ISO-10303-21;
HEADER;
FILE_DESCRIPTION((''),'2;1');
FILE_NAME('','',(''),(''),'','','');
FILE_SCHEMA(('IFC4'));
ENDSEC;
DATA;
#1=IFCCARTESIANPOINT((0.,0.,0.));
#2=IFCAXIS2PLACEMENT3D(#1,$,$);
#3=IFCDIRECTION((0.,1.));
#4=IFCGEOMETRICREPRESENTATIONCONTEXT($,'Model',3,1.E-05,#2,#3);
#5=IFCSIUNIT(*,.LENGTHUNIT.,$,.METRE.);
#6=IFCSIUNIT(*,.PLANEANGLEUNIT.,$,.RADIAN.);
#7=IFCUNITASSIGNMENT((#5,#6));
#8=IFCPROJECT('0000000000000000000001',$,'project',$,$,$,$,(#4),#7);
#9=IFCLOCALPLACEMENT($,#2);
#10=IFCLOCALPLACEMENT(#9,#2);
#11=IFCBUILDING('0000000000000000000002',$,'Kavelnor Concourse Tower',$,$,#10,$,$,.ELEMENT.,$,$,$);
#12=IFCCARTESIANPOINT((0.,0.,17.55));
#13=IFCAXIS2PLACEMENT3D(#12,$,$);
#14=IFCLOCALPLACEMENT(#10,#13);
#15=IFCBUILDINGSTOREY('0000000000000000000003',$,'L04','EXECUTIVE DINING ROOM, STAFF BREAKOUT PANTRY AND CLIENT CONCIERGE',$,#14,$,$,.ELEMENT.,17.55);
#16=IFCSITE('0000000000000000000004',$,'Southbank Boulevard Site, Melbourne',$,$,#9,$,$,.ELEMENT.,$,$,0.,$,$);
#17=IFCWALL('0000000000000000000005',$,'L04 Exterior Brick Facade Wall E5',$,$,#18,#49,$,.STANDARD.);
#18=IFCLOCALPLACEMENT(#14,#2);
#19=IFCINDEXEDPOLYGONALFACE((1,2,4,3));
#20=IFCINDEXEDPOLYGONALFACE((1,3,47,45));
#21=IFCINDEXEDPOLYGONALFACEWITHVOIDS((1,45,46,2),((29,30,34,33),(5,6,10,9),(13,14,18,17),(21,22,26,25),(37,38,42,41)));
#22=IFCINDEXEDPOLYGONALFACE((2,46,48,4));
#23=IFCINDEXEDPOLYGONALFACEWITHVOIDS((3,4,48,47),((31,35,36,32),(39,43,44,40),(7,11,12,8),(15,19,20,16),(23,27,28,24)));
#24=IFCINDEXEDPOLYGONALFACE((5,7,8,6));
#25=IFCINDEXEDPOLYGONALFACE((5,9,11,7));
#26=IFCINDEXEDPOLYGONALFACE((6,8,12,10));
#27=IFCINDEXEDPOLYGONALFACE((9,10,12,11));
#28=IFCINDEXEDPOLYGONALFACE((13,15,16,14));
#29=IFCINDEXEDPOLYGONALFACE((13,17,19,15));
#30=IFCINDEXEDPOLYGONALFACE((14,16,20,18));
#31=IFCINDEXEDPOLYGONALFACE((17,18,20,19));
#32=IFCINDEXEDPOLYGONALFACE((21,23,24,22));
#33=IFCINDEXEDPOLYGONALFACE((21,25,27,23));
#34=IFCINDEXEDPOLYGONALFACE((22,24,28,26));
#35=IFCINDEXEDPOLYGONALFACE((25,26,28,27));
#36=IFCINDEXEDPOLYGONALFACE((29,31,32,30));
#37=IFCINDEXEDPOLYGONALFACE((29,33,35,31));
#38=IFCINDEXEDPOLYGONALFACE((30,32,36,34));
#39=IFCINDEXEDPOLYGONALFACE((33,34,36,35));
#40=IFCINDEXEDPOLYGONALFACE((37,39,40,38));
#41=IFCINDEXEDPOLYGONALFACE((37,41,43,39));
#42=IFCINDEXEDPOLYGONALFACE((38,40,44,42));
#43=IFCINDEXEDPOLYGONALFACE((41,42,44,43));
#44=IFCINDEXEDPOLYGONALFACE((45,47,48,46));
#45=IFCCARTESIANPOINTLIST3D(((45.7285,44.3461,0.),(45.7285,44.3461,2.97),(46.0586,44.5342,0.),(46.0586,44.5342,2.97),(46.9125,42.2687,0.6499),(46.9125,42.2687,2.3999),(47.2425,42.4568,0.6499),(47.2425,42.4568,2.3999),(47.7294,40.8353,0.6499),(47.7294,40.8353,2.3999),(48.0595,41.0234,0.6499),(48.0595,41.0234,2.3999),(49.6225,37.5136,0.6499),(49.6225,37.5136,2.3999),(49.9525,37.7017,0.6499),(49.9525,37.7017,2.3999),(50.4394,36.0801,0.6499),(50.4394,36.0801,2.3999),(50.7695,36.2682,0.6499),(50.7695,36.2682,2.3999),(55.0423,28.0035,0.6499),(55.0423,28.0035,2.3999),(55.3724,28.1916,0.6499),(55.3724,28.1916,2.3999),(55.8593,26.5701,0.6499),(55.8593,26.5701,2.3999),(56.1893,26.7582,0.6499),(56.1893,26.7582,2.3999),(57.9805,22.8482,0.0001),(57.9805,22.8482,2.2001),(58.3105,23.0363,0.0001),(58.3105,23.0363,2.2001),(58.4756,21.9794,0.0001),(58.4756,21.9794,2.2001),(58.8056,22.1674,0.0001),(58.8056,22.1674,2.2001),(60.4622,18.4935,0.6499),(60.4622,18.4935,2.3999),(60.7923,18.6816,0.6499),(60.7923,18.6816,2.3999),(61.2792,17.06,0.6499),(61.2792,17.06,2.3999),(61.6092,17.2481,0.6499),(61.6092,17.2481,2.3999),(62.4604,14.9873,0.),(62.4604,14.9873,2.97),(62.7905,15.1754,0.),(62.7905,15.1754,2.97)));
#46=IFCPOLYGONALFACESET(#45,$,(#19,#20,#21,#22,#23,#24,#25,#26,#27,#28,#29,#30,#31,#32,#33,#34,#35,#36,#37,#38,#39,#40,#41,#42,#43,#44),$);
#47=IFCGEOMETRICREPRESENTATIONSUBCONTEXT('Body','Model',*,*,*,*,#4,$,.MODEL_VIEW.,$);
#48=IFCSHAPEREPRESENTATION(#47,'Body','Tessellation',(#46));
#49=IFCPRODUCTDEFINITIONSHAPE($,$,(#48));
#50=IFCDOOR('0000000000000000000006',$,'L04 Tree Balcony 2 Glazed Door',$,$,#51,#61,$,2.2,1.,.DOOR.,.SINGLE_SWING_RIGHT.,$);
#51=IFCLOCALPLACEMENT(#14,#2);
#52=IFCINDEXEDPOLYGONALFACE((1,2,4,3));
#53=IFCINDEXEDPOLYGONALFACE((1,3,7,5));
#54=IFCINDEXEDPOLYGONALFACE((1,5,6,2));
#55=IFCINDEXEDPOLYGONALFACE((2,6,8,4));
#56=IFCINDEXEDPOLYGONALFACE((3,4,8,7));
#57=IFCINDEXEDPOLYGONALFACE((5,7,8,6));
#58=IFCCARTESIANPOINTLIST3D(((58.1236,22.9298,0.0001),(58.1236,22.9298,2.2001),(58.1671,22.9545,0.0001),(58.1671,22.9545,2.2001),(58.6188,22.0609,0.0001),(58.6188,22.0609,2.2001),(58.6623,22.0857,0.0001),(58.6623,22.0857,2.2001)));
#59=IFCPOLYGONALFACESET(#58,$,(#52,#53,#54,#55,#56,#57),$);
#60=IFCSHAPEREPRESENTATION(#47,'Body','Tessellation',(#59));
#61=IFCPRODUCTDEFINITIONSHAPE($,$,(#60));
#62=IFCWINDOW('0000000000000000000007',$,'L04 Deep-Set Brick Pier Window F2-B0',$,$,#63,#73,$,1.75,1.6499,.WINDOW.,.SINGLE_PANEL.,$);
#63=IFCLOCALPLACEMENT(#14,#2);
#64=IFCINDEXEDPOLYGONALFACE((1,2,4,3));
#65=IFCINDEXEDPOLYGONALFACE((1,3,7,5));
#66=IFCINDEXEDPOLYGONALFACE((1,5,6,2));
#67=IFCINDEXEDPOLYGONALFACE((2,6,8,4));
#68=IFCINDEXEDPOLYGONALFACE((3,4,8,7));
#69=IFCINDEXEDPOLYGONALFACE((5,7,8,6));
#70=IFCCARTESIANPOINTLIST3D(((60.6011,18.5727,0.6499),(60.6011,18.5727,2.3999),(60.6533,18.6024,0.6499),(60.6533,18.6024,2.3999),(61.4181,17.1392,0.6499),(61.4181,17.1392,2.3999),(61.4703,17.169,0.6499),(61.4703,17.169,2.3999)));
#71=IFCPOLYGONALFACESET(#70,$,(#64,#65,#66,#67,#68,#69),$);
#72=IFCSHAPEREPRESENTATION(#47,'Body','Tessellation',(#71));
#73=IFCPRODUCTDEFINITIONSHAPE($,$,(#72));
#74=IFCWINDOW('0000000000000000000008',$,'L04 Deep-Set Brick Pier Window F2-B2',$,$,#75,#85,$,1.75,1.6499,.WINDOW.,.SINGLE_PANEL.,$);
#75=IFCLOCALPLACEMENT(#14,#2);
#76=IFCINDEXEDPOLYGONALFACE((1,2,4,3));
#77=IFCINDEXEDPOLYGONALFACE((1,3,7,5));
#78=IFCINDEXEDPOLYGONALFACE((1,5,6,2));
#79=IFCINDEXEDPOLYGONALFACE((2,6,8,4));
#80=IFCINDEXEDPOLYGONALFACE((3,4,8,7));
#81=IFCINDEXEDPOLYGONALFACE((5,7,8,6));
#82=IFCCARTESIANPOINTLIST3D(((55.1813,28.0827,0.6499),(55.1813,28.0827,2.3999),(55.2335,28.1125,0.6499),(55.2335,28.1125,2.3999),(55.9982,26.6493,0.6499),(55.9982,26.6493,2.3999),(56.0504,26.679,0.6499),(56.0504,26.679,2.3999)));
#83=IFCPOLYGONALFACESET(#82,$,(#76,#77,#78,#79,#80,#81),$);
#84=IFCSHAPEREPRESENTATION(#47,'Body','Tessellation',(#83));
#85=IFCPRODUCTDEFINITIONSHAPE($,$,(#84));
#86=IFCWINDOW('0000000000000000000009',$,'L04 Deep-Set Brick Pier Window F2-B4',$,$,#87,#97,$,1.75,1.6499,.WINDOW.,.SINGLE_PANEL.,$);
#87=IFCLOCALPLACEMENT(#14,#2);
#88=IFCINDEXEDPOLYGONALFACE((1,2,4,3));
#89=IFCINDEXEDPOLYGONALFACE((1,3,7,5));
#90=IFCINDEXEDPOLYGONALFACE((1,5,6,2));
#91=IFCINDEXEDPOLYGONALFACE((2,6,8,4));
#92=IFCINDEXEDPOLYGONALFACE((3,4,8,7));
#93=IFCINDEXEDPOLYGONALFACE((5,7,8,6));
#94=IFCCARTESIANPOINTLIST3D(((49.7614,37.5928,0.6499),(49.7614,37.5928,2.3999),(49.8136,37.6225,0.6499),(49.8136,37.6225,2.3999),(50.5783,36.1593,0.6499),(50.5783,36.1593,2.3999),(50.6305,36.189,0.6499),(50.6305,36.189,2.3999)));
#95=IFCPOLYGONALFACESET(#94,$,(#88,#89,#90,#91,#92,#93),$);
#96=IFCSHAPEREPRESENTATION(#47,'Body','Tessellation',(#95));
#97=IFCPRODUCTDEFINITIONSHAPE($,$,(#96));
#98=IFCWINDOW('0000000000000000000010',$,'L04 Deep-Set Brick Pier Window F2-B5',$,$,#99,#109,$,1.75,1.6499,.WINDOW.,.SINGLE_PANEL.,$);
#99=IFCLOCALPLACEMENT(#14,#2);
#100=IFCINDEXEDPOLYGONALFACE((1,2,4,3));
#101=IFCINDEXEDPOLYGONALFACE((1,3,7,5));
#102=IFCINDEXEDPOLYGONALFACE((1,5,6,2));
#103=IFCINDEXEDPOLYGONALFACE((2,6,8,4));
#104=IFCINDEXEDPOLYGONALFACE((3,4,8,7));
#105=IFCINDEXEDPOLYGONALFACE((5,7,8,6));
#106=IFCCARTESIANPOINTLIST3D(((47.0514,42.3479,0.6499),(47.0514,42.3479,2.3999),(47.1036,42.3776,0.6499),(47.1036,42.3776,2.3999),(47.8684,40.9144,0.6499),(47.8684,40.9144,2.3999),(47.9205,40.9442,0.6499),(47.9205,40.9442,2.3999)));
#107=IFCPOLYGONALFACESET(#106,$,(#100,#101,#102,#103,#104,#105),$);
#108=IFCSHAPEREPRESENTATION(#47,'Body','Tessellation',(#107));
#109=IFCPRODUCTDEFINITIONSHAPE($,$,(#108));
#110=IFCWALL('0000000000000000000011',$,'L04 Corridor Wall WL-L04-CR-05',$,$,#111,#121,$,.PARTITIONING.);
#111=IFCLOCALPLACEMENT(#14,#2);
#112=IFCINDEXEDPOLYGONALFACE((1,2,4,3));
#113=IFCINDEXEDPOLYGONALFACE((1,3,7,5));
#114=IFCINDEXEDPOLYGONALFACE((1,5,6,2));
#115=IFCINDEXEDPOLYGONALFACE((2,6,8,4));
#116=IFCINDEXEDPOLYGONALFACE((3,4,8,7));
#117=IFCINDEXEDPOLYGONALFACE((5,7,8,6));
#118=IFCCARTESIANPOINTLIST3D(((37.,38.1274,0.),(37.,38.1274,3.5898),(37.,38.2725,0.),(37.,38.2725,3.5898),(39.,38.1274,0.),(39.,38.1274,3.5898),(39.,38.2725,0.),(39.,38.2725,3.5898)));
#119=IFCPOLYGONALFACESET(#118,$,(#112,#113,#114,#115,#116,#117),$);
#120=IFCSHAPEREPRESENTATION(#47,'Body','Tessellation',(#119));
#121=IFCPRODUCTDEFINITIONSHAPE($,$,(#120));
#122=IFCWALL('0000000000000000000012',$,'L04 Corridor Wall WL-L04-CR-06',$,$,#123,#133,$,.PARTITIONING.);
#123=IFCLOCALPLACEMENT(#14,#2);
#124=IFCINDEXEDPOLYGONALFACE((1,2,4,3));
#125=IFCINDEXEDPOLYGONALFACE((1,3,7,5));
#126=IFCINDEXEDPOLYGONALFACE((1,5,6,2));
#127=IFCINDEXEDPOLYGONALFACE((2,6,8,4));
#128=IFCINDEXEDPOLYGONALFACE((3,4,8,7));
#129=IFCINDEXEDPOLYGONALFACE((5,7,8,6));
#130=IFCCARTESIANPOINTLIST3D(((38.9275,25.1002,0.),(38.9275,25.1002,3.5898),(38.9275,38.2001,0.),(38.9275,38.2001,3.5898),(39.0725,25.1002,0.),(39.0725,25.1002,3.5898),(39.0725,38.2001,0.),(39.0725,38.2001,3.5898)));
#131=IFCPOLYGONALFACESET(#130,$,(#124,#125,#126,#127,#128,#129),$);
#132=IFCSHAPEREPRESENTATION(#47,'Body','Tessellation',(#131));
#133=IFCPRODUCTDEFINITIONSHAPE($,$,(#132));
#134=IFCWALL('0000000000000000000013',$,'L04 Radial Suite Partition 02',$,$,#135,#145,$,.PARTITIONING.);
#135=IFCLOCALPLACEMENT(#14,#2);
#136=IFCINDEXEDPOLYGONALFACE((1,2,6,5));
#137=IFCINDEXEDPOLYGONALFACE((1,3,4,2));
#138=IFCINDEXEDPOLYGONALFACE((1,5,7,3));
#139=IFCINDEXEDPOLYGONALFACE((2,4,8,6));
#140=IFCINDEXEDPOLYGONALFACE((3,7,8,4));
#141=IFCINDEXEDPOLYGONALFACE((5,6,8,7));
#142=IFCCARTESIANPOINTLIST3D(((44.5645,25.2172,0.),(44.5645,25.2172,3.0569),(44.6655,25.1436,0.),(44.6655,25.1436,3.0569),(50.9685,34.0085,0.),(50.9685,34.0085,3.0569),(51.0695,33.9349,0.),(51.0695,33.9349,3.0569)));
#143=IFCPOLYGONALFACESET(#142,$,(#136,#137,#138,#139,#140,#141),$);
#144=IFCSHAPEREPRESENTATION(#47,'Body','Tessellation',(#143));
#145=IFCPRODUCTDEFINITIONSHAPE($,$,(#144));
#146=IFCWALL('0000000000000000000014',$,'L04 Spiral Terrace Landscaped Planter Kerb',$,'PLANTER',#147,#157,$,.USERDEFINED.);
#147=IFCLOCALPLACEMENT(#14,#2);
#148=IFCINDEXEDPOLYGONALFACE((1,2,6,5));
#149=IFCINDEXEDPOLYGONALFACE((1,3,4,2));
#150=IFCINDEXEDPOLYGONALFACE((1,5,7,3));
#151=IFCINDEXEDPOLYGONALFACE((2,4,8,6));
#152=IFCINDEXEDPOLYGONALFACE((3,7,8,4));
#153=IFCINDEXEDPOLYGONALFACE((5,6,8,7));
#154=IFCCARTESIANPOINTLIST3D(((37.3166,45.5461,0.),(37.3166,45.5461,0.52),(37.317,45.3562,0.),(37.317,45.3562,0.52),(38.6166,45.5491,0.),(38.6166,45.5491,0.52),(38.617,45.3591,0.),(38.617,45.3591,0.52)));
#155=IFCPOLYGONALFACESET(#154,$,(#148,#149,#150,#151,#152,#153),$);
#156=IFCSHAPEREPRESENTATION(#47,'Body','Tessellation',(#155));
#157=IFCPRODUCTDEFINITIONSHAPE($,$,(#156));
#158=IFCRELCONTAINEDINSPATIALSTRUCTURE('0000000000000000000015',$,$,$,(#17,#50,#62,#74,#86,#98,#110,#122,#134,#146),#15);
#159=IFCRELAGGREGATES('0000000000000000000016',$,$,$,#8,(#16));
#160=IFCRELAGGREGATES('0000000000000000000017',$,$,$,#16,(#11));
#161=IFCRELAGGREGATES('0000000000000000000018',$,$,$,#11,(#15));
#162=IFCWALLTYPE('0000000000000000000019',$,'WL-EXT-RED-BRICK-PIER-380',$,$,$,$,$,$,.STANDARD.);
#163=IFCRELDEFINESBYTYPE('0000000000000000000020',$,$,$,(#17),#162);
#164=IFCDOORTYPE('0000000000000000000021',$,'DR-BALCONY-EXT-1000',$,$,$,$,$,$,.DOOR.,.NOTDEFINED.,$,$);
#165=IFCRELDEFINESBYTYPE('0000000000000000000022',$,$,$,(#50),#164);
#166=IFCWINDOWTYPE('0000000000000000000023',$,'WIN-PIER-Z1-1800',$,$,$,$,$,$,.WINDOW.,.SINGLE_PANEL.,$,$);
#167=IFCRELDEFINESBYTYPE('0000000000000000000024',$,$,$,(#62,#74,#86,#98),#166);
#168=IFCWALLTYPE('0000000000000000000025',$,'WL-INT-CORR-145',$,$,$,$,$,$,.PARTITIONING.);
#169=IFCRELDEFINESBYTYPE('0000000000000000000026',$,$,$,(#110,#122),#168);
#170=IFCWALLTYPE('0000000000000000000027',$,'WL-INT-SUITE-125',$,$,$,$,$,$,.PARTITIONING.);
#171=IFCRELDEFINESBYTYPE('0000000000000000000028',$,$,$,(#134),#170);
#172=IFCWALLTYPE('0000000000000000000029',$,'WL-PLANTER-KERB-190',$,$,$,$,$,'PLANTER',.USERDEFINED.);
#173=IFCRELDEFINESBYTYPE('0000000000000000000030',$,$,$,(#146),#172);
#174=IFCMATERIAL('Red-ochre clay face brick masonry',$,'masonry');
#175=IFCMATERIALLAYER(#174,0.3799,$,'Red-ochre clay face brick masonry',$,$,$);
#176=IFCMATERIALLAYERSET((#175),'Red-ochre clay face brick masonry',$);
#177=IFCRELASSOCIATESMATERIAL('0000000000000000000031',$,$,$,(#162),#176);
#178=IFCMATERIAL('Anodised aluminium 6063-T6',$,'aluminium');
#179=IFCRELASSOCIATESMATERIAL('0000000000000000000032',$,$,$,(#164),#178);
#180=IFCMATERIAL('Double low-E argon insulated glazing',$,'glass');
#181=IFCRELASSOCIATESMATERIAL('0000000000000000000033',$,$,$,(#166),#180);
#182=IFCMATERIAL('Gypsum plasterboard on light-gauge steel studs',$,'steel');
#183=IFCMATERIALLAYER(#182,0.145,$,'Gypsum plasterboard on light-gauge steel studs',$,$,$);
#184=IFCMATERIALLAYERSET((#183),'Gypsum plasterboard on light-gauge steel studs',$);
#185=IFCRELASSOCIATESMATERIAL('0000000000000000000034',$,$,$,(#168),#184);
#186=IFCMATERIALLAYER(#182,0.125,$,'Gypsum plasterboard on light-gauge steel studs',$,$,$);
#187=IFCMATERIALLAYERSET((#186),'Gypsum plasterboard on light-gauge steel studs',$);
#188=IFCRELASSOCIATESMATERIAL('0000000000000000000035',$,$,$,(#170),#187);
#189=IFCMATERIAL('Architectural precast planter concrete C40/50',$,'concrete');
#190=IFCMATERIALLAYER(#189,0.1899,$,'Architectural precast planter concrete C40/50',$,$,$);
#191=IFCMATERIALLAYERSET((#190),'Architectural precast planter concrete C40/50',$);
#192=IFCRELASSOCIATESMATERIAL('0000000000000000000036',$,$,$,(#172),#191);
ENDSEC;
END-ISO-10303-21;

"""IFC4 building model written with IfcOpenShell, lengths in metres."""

from ifc_helpers import new_model, si_unit, direction, frame, frame_2d, origin, place, context, subcontext, project, spatial, rectangle, extrude, material, layer, layer_set, type_object, element, fill, save


model = new_model("IFC4")

# Units and contexts
model_context = context("Model", 3, precision=1e-05, world=origin(), true_north=direction((0.0, 1.0)))
body_context = subcontext(model_context, "Body", "Model", "MODEL_VIEW")
ifc_project = project(units=[si_unit("LENGTHUNIT", "METRE"), si_unit("PLANEANGLEUNIT", "RADIAN")], contexts=[model_context])

# Site, building, storey
site_placement = place(None, origin())
site = spatial("IfcSite", under=ifc_project, at=site_placement, Name="Southbank Boulevard Site, Melbourne", CompositionType="ELEMENT", RefElevation=0.0)
building_placement = place(site_placement, origin())
building = spatial("IfcBuilding", under=site, at=building_placement, Name="Kavelnor Concourse Tower", CompositionType="ELEMENT")
storey_placement = place(building_placement, frame((0.0, 0.0, 17.55)))
storey = spatial("IfcBuildingStorey", under=building, at=storey_placement, Name="L04", Description="EXECUTIVE DINING ROOM, STAFF BREAKOUT PANTRY AND CLIENT CONCIERGE", CompositionType="ELEMENT", Elevation=17.55)

# Wall, openings, door, windows
ifc_material_1 = material(Name="Red-ochre clay face brick masonry", Category="masonry")
ifc_layer_1 = layer(ifc_material_1, 0.3799, Name="Red-ochre clay face brick masonry")
ifc_layer_set_1 = layer_set([ifc_layer_1], Name="Red-ochre clay face brick masonry")
wall_type_1 = type_object("IfcWallType", Name="WL-EXT-RED-BRICK-PIER-380", PredefinedType="STANDARD", material=ifc_layer_set_1)
wall_1_placement = place(storey_placement, frame((45.8936, 44.4402, 0.0), z_axis=(0.0, 0.0, 1.0), x_axis=(0.495144, -0.868811, 0.0)))
wall_1 = element("IfcWall", 1, at=wall_1_placement, inside=storey, type_object=wall_type_1, Name="L04 Exterior Brick Facade Wall E5", PredefinedType="STANDARD", context=body_context, shape_type="SweptSolid", body=[
    extrude(rectangle(XDim=33.792, YDim=0.3799, at=frame_2d((16.896, 0.0))), origin(), (0.0, 0.0, 1.0), 2.97),
])
opening_1_placement = place(wall_1_placement, frame((24.7441, 0.0, 0.0)))
opening_1 = element("IfcOpeningElement", 2, at=opening_1_placement, cuts=wall_1, PredefinedType="OPENING", context=body_context, shape_type="SweptSolid", body=[
    extrude(rectangle(XDim=1.0, YDim=2.2, at=frame_2d((0.5, 1.1001))), frame((0.0, 0.2, 0.0), z_axis=(0.0, -1.0, 0.0), x_axis=(1.0, 0.0, 0.0)), (0.0, 0.0, 1.0), 0.3999),
])
opening_2_placement = place(wall_1_placement, frame((29.7563, 0.0, 0.6499)))
opening_2 = element("IfcOpeningElement", 3, at=opening_2_placement, cuts=wall_1, PredefinedType="OPENING", context=body_context, shape_type="SweptSolid", body=[
    extrude(rectangle(XDim=1.6499, YDim=1.75, at=frame_2d((0.825, 0.875))), frame((0.0, 0.2, 0.0), z_axis=(0.0, -1.0, 0.0), x_axis=(1.0, 0.0, 0.0)), (0.0, 0.0, 1.0), 0.3999),
])
opening_3_placement = place(wall_1_placement, frame((18.8103, 0.0, 0.6499)))
opening_3 = element("IfcOpeningElement", 4, at=opening_3_placement, cuts=wall_1, PredefinedType="OPENING", context=body_context, shape_type="SweptSolid", body=[
    extrude(rectangle(XDim=1.6499, YDim=1.75, at=frame_2d((0.825, 0.875))), frame((0.0, 0.2, 0.0), z_axis=(0.0, -1.0, 0.0), x_axis=(1.0, 0.0, 0.0)), (0.0, 0.0, 1.0), 0.3999),
])
opening_4_placement = place(wall_1_placement, frame((7.8643, 0.0, 0.6499)))
opening_4 = element("IfcOpeningElement", 5, at=opening_4_placement, cuts=wall_1, PredefinedType="OPENING", context=body_context, shape_type="SweptSolid", body=[
    extrude(rectangle(XDim=1.6499, YDim=1.75, at=frame_2d((0.825, 0.875))), frame((0.0, 0.2, 0.0), z_axis=(0.0, -1.0, 0.0), x_axis=(1.0, 0.0, 0.0)), (0.0, 0.0, 1.0), 0.3999),
])
opening_5_placement = place(wall_1_placement, frame((2.3911, 0.0, 0.6499)))
opening_5 = element("IfcOpeningElement", 6, at=opening_5_placement, cuts=wall_1, PredefinedType="OPENING", context=body_context, shape_type="SweptSolid", body=[
    extrude(rectangle(XDim=1.6499, YDim=1.75, at=frame_2d((0.825, 0.875))), frame((0.0, 0.2, 0.0), z_axis=(0.0, -1.0, 0.0), x_axis=(1.0, 0.0, 0.0)), (0.0, 0.0, 1.0), 0.3999),
])
ifc_material_2 = material(Name="Anodised aluminium 6063-T6", Category="aluminium")
door_type = type_object("IfcDoorType", Name="DR-BALCONY-EXT-1000", OperationType="NOTDEFINED", PredefinedType="DOOR", material=ifc_material_2)
door_placement = place(opening_1_placement, origin())
door = element("IfcDoor", 7, at=door_placement, inside=storey, type_object=door_type, Name="L04 Tree Balcony 2 Glazed Door", OperationType="SINGLE_SWING_RIGHT", OverallHeight=2.2, OverallWidth=1.0, PredefinedType="DOOR", context=body_context, shape_type="SweptSolid", body=[
    extrude(rectangle(XDim=1.0, YDim=2.2, at=frame_2d((0.5, 1.1001))), frame((0.0, 0.0249, 0.0), z_axis=(0.0, -1.0, 0.0), x_axis=(1.0, 0.0, 0.0)), (0.0, 0.0, 1.0), 0.05),
])
fill(opening_1, door)
ifc_material_3 = material(Name="Double low-E argon insulated glazing", Category="glass")
window_type = type_object("IfcWindowType", Name="WIN-PIER-Z1-1800", PartitioningType="SINGLE_PANEL", PredefinedType="WINDOW", material=ifc_material_3)
window_1_placement = place(opening_2_placement, origin())
window_1 = element("IfcWindow", 8, at=window_1_placement, inside=storey, type_object=window_type, Name="L04 Deep-Set Brick Pier Window F2-B0", OverallHeight=1.75, OverallWidth=1.6499, PartitioningType="SINGLE_PANEL", PredefinedType="WINDOW", context=body_context, shape_type="SweptSolid", body=[
    extrude(rectangle(XDim=1.6499, YDim=1.75, at=frame_2d((0.825, 0.875))), frame((0.0, 0.03, 0.0), z_axis=(0.0, -1.0, 0.0), x_axis=(1.0, 0.0, 0.0)), (0.0, 0.0, 1.0), 0.0601),
])
fill(opening_2, window_1)
window_2_placement = place(opening_3_placement, origin())
window_2 = element("IfcWindow", 9, at=window_2_placement, inside=storey, type_object=window_type, Name="L04 Deep-Set Brick Pier Window F2-B2", OverallHeight=1.75, OverallWidth=1.6499, PartitioningType="SINGLE_PANEL", PredefinedType="WINDOW", context=body_context, shape_type="SweptSolid", body=[
    extrude(rectangle(XDim=1.6499, YDim=1.75, at=frame_2d((0.825, 0.875))), frame((0.0, 0.03, 0.0), z_axis=(0.0, -1.0, 0.0), x_axis=(1.0, 0.0, 0.0)), (0.0, 0.0, 1.0), 0.0601),
])
fill(opening_3, window_2)
window_3_placement = place(opening_4_placement, origin())
window_3 = element("IfcWindow", 10, at=window_3_placement, inside=storey, type_object=window_type, Name="L04 Deep-Set Brick Pier Window F2-B4", OverallHeight=1.75, OverallWidth=1.6499, PartitioningType="SINGLE_PANEL", PredefinedType="WINDOW", context=body_context, shape_type="SweptSolid", body=[
    extrude(rectangle(XDim=1.6499, YDim=1.75, at=frame_2d((0.825, 0.875))), frame((0.0, 0.03, 0.0), z_axis=(0.0, -1.0, 0.0), x_axis=(1.0, 0.0, 0.0)), (0.0, 0.0, 1.0), 0.0601),
])
fill(opening_4, window_3)
window_4_placement = place(opening_5_placement, origin())
window_4 = element("IfcWindow", 11, at=window_4_placement, inside=storey, type_object=window_type, Name="L04 Deep-Set Brick Pier Window F2-B5", OverallHeight=1.75, OverallWidth=1.6499, PartitioningType="SINGLE_PANEL", PredefinedType="WINDOW", context=body_context, shape_type="SweptSolid", body=[
    extrude(rectangle(XDim=1.6499, YDim=1.75, at=frame_2d((0.825, 0.875))), frame((0.0, 0.03, 0.0), z_axis=(0.0, -1.0, 0.0), x_axis=(1.0, 0.0, 0.0)), (0.0, 0.0, 1.0), 0.0601),
])
fill(opening_5, window_4)

# Walls
ifc_material_4 = material(Name="Gypsum plasterboard on light-gauge steel studs", Category="steel")
ifc_layer_2 = layer(ifc_material_4, 0.145, Name="Gypsum plasterboard on light-gauge steel studs")
ifc_layer_set_2 = layer_set([ifc_layer_2], Name="Gypsum plasterboard on light-gauge steel studs")
wall_type_2 = type_object("IfcWallType", Name="WL-INT-CORR-145", PredefinedType="PARTITIONING", material=ifc_layer_set_2)
wall_2_placement = place(storey_placement, frame((37.0, 38.2, 0.0), z_axis=(0.0, 0.0, 1.0), x_axis=(1.0, 0.0, 0.0)))
element("IfcWall", 12, at=wall_2_placement, inside=storey, type_object=wall_type_2, Name="L04 Corridor Wall WL-L04-CR-05", PredefinedType="PARTITIONING", context=body_context, shape_type="SweptSolid", body=[
    extrude(rectangle(XDim=2.0, YDim=0.145, at=frame_2d((1.0, 0.0))), origin(), (0.0, 0.0, 1.0), 3.5898),
])
wall_3_placement = place(storey_placement, frame((39.0, 38.2, 0.0), z_axis=(0.0, 0.0, 1.0), x_axis=(0.0, -1.0, 0.0)))
element("IfcWall", 13, at=wall_3_placement, inside=storey, type_object=wall_type_2, Name="L04 Corridor Wall WL-L04-CR-06", PredefinedType="PARTITIONING", context=body_context, shape_type="SweptSolid", body=[
    extrude(rectangle(XDim=13.0999, YDim=0.145, at=frame_2d((6.5498, 0.0))), origin(), (0.0, 0.0, 1.0), 3.5898),
])
ifc_layer_3 = layer(ifc_material_4, 0.125, Name="Gypsum plasterboard on light-gauge steel studs")
ifc_layer_set_3 = layer_set([ifc_layer_3], Name="Gypsum plasterboard on light-gauge steel studs")
wall_type_3 = type_object("IfcWallType", Name="WL-INT-SUITE-125", PredefinedType="PARTITIONING", material=ifc_layer_set_3)
wall_4_placement = place(storey_placement, frame((44.615, 25.1804, 0.0), z_axis=(0.0, 0.0, 1.0), x_axis=(0.588797, 0.808281, 0.0)))
element("IfcWall", 14, at=wall_4_placement, inside=storey, type_object=wall_type_3, Name="L04 Radial Suite Partition 02", PredefinedType="PARTITIONING", context=body_context, shape_type="SweptSolid", body=[
    extrude(rectangle(XDim=10.8765, YDim=0.125, at=frame_2d((5.4382, 0.0))), origin(), (0.0, 0.0, 1.0), 3.0569),
])
ifc_material_5 = material(Name="Architectural precast planter concrete C40/50", Category="concrete")
ifc_layer_4 = layer(ifc_material_5, 0.1899, Name="Architectural precast planter concrete C40/50")
ifc_layer_set_4 = layer_set([ifc_layer_4], Name="Architectural precast planter concrete C40/50")
wall_type_4 = type_object("IfcWallType", Name="WL-PLANTER-KERB-190", ElementType="PLANTER", PredefinedType="USERDEFINED", material=ifc_layer_set_4)
wall_5_placement = place(storey_placement, frame((38.6167, 45.4541, 0.0), z_axis=(0.0, 0.0, 1.0), x_axis=(-0.999997, -0.002254, 0.0)))
element("IfcWall", 15, at=wall_5_placement, inside=storey, type_object=wall_type_4, Name="L04 Spiral Terrace Landscaped Planter Kerb", ObjectType="PLANTER", PredefinedType="USERDEFINED", context=body_context, shape_type="SweptSolid", body=[
    extrude(rectangle(XDim=1.3, YDim=0.1899, at=frame_2d((0.6499, 0.0))), origin(), (0.0, 0.0, 1.0), 0.52),
])

save(model, "model.ifc")
